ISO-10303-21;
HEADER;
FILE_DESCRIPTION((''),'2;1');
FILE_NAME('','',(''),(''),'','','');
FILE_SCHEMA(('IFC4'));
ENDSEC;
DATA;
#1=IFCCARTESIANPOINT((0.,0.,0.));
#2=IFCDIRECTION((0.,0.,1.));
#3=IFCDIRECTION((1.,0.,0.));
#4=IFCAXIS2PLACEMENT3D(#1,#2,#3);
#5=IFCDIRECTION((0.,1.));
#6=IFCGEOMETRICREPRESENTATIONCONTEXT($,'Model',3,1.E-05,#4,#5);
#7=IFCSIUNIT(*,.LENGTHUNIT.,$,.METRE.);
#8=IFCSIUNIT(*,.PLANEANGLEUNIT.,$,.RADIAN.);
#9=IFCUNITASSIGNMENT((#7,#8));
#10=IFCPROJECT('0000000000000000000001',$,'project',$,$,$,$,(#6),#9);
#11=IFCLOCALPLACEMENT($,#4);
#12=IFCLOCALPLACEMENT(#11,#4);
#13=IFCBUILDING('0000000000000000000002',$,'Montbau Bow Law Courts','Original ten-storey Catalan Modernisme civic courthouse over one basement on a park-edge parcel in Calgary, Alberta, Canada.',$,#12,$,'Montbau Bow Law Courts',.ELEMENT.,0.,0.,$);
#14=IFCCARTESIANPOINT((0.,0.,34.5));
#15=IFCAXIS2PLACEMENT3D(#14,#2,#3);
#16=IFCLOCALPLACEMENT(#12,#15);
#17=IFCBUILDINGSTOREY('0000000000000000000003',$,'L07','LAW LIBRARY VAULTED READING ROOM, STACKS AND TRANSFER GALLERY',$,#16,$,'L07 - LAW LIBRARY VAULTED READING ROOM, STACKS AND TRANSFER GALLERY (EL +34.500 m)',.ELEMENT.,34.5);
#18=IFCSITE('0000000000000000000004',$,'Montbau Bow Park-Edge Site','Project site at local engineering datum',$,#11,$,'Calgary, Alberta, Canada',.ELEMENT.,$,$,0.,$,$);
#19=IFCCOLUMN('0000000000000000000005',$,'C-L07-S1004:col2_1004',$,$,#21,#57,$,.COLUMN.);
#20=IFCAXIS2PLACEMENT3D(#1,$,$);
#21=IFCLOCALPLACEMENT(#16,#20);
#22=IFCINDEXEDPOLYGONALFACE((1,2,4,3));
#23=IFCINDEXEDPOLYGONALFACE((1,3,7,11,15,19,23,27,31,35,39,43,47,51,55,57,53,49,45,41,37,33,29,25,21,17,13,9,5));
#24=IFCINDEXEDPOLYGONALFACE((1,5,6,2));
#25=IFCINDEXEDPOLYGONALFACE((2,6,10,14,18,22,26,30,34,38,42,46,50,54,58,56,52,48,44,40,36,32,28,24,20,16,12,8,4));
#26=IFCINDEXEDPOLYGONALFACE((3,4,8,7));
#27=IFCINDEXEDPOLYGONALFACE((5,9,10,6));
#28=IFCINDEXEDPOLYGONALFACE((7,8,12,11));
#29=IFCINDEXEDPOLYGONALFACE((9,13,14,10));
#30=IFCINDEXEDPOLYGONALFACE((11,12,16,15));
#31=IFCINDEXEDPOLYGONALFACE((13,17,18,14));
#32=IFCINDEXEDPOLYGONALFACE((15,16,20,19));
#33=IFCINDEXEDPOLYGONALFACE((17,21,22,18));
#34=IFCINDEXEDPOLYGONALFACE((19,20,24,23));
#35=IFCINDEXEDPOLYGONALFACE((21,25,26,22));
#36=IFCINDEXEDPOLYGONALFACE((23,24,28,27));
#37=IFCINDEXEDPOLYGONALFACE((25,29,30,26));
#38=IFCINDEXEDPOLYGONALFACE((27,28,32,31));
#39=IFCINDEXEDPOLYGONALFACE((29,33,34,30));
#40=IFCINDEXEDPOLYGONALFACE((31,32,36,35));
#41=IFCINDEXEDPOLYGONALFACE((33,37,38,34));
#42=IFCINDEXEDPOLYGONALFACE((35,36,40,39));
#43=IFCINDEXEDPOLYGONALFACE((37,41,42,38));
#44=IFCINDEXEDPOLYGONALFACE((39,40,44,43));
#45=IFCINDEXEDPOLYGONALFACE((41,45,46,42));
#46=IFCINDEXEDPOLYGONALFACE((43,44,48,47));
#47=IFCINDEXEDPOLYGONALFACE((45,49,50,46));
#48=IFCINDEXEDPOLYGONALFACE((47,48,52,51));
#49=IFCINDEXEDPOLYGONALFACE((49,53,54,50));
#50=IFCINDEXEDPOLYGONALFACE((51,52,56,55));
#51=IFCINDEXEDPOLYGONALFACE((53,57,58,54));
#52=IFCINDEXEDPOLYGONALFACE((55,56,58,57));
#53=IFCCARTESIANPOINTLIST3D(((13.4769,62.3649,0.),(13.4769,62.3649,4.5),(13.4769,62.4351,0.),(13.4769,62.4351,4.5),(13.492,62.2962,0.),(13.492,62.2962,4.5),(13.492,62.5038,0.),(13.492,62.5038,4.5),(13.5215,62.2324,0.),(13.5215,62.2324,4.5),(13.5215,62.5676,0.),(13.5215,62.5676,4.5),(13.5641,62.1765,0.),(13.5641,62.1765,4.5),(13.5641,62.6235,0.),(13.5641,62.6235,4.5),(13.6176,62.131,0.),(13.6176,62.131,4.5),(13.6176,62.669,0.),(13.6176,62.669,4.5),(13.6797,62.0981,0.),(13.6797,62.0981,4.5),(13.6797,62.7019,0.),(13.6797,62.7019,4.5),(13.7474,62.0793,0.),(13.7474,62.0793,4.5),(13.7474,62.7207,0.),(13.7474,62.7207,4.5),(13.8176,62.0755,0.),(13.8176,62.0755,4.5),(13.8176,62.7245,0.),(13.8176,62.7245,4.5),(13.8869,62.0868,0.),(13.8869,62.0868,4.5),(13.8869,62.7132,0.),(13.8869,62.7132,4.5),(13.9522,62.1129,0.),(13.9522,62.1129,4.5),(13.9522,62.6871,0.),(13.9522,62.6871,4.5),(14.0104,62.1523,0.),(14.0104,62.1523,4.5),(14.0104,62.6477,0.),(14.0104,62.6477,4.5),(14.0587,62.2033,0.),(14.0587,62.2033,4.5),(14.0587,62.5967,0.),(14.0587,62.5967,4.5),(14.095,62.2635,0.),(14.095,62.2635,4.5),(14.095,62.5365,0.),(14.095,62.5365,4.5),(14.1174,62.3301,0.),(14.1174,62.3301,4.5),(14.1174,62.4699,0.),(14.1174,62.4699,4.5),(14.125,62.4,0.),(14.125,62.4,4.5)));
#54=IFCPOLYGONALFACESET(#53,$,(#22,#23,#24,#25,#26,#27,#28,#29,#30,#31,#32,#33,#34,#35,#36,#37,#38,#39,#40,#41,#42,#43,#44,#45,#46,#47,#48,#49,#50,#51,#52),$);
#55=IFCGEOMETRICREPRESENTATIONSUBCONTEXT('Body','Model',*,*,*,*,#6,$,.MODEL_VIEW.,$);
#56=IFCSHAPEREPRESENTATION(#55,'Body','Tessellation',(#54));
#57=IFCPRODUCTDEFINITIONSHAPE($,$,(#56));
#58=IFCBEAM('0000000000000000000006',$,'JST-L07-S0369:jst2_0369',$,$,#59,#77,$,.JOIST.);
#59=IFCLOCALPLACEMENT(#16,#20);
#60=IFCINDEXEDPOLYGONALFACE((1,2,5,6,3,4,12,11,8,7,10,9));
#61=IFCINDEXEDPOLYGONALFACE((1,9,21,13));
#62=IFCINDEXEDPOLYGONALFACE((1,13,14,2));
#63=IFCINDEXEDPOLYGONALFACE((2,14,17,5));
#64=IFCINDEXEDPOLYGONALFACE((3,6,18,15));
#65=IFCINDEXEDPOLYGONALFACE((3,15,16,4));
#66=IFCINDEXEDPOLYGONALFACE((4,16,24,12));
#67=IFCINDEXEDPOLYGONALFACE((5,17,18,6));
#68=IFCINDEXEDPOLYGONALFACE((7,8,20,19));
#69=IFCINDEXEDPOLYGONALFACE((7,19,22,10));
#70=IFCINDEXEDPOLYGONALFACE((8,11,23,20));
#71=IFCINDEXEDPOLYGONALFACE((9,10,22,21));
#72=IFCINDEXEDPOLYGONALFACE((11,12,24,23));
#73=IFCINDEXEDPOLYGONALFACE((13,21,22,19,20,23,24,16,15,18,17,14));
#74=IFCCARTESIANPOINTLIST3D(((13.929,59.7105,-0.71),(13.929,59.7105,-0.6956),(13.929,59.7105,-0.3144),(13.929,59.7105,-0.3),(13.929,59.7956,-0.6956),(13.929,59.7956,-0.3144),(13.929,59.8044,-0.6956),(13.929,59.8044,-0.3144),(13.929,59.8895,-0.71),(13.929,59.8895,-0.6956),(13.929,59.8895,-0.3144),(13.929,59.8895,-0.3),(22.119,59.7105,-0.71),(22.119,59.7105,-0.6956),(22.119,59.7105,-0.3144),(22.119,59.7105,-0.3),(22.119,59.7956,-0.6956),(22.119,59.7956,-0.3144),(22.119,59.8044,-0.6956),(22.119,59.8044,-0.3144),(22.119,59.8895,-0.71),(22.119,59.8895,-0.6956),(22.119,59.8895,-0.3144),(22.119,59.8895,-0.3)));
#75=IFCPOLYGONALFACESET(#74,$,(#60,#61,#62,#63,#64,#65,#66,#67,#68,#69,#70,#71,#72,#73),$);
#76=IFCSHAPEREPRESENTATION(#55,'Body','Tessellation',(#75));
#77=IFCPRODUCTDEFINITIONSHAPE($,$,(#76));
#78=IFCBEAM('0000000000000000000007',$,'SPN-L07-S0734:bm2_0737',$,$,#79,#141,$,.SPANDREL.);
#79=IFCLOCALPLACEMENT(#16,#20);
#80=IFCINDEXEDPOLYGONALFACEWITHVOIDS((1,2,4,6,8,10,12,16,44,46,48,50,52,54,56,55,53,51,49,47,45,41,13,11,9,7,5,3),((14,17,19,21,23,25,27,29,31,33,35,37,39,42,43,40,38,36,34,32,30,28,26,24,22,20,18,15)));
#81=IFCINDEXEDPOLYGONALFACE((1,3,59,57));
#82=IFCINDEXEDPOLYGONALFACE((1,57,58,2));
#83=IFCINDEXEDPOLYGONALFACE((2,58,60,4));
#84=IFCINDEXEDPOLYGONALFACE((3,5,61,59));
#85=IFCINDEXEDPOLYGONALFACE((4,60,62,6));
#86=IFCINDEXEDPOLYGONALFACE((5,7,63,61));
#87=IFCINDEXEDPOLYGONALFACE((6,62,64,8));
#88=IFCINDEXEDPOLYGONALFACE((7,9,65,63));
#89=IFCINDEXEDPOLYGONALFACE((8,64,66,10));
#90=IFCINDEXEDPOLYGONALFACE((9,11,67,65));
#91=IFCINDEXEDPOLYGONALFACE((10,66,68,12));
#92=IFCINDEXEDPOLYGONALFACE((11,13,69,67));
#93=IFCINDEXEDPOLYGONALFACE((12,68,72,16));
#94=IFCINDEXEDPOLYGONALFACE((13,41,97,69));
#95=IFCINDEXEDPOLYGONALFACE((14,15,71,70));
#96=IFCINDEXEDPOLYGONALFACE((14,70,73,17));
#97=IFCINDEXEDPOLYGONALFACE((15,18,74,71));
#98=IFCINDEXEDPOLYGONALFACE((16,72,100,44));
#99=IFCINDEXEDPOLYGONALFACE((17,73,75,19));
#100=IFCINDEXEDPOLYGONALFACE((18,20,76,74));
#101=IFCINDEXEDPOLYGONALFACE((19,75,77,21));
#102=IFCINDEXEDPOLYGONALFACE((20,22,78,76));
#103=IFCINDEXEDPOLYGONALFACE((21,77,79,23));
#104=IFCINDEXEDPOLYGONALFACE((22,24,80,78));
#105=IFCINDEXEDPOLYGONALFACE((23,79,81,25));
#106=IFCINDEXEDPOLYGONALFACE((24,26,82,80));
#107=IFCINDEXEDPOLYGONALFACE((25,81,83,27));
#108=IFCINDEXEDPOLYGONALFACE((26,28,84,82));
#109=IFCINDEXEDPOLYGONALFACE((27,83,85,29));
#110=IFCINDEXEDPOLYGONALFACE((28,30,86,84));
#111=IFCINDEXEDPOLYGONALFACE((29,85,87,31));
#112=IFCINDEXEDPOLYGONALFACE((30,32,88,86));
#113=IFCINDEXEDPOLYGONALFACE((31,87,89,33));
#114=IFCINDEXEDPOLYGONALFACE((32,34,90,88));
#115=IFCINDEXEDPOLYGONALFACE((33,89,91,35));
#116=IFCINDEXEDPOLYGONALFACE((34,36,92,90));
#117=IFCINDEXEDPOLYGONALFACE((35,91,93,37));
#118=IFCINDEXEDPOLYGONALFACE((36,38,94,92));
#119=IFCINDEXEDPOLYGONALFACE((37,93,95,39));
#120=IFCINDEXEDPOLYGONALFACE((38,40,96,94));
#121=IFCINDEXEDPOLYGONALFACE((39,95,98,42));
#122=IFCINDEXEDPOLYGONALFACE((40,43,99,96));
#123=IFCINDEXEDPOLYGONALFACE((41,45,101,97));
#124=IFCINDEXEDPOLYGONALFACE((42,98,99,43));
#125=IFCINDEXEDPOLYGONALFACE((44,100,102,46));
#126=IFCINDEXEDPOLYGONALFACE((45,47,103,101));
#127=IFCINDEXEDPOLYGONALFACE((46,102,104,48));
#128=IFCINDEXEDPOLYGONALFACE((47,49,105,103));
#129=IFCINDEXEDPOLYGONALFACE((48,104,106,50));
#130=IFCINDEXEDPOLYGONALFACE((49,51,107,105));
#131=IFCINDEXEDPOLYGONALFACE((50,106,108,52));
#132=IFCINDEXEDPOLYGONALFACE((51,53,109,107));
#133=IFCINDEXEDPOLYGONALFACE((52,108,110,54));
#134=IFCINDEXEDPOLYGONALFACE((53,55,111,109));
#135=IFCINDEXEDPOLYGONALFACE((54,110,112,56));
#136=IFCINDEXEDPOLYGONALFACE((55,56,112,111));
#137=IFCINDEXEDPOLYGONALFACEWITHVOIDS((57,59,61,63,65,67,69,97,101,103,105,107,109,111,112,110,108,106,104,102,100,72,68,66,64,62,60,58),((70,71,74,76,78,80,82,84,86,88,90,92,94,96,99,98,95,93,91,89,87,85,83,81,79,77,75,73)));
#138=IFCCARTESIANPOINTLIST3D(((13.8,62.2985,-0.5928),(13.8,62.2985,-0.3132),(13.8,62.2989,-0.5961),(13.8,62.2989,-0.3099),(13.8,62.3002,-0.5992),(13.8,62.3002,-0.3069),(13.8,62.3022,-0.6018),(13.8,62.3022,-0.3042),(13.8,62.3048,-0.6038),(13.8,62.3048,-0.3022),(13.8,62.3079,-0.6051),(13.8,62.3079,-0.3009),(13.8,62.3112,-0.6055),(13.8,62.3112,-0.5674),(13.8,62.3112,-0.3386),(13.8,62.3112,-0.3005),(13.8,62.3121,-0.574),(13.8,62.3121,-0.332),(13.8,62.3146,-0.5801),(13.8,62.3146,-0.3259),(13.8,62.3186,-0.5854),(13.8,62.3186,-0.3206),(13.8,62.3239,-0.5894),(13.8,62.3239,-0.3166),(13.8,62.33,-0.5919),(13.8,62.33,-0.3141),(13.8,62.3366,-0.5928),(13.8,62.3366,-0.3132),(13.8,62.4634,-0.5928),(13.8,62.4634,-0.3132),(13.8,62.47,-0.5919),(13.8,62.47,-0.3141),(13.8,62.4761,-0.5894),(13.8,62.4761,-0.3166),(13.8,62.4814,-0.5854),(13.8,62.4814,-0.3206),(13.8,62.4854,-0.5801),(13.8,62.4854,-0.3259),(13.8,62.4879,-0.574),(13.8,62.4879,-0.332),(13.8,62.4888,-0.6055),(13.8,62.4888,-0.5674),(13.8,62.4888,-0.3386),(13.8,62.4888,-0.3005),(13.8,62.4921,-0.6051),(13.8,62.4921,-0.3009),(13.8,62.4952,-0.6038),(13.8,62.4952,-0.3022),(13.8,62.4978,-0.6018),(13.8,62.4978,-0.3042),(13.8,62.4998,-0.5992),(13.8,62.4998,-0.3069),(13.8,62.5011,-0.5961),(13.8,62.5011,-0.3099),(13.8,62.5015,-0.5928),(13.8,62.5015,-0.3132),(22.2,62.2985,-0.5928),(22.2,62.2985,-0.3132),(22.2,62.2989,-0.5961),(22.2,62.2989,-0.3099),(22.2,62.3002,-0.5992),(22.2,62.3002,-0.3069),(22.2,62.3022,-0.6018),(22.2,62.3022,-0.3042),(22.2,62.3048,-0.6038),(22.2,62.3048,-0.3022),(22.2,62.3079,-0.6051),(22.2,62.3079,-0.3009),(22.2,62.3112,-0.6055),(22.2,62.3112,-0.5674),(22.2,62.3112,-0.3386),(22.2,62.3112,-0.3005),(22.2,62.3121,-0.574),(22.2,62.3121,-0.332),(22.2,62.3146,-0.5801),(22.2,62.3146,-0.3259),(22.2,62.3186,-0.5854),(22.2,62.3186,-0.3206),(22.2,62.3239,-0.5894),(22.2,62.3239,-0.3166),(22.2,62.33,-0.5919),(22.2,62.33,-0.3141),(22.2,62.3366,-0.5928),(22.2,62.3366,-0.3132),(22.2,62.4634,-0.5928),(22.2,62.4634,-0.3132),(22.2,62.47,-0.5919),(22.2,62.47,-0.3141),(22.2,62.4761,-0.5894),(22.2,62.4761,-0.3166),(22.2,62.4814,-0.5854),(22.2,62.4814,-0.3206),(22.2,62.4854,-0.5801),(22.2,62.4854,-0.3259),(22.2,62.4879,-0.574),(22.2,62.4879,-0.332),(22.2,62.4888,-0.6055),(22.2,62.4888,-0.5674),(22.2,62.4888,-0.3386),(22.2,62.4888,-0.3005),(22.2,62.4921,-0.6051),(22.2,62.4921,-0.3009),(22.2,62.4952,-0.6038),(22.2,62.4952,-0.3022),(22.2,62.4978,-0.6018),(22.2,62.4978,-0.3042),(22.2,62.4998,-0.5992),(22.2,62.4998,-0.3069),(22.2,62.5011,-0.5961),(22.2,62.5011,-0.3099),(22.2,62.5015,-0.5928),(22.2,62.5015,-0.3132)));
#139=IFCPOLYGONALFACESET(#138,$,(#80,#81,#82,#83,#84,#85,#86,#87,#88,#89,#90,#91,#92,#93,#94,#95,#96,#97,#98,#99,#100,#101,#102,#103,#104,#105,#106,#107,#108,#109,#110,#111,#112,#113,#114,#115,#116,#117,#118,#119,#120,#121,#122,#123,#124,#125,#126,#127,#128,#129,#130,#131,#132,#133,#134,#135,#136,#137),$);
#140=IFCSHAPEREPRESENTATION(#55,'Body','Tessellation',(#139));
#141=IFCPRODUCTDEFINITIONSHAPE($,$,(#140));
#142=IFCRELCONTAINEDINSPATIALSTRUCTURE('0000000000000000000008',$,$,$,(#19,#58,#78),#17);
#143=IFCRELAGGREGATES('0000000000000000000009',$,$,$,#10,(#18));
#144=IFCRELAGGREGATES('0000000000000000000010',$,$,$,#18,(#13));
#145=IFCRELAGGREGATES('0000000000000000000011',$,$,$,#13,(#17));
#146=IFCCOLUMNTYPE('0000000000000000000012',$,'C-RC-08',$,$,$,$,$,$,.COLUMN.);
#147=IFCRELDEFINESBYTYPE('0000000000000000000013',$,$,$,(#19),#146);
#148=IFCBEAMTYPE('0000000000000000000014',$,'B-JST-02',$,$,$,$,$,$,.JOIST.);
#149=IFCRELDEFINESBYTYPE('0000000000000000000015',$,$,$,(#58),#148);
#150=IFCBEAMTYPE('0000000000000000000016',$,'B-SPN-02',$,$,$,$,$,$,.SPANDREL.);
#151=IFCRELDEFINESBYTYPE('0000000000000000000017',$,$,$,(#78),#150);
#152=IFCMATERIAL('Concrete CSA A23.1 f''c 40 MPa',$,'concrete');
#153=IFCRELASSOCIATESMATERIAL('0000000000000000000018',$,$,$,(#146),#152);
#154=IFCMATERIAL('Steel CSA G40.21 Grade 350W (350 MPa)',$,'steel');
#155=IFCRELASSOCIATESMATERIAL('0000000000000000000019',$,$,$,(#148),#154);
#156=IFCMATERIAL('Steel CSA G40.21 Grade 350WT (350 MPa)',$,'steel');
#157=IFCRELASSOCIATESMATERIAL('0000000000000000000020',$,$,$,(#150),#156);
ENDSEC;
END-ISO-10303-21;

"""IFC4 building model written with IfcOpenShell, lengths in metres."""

from ifc_helpers import new_model, si_unit, direction, frame, origin_with_axes, origin_2d_with_axis, place, context, subcontext, project, spatial, hollow_rectangle, circle, i_section, extrude, material, material_profile, profile_set, type_object, element, save


model = new_model("IFC4")

# Units and contexts
model_context = context("Model", 3, precision=1e-05, world=origin_with_axes(), true_north=direction((0.0, 1.0)))
body_context = subcontext(model_context, "Body", "Model", "MODEL_VIEW")
ifc_project = project(units=[si_unit("LENGTHUNIT", "METRE"), si_unit("PLANEANGLEUNIT", "RADIAN")], contexts=[model_context])

# Site, building, storey
site_placement = place(None, origin_with_axes())
site = spatial("IfcSite", under=ifc_project, at=site_placement, Name="Montbau Bow Park-Edge Site", Description="Project site at local engineering datum", LongName="Calgary, Alberta, Canada", CompositionType="ELEMENT", RefElevation=0.0)
building_placement = place(site_placement, origin_with_axes())
building = spatial("IfcBuilding", under=site, at=building_placement, Name="Montbau Bow Law Courts", Description="Original ten-storey Catalan Modernisme civic courthouse over one basement on a park-edge parcel in Calgary, Alberta, Canada.", LongName="Montbau Bow Law Courts", CompositionType="ELEMENT", ElevationOfRefHeight=0.0, ElevationOfTerrain=0.0)
storey_placement = place(building_placement, frame((0.0, 0.0, 34.5), z_axis=(0.0, 0.0, 1.0), x_axis=(1.0, 0.0, 0.0)))
storey = spatial("IfcBuildingStorey", under=building, at=storey_placement, Name="L07", Description="LAW LIBRARY VAULTED READING ROOM, STACKS AND TRANSFER GALLERY", LongName="L07 - LAW LIBRARY VAULTED READING ROOM, STACKS AND TRANSFER GALLERY (EL +34.500 m)", CompositionType="ELEMENT", Elevation=34.5)

# Column
ifc_material_1 = material(Name="Concrete CSA A23.1 f'c 40 MPa", Category="concrete")
ifc_material_profile_1 = material_profile(ifc_material_1, circle(Radius=0.325, at=origin_2d_with_axis()), Name="RC650D", Category="Main", Priority=0)
ifc_profile_set_1 = profile_set([ifc_material_profile_1], Name="Concrete CSA A23.1 f'c 40 MPa")
column_type = type_object("IfcColumnType", Name="C-RC-08", PredefinedType="COLUMN", material=ifc_profile_set_1)
column_placement = place(None, frame((13.8, 62.4, 34.5), z_axis=(0.0, 0.0, 1.0), x_axis=(1.0, 0.0, 0.0)))
element("IfcColumn", 1, at=column_placement, inside=storey, type_object=column_type, Name="C-L07-S1004:col2_1004", PredefinedType="COLUMN", context=body_context, shape_type="SweptSolid", body=[
    extrude(circle(Radius=0.325, at=origin_2d_with_axis()), origin_with_axes(), (0.0, 0.0, 1.0), 4.5),
])

# Beams
ifc_material_2 = material(Name="Steel CSA G40.21 Grade 350W (350 MPa)", Category="steel")
ifc_material_profile_2 = material_profile(ifc_material_2, i_section(OverallWidth=0.179, OverallDepth=0.41, WebThickness=0.0088, FlangeThickness=0.0144, at=origin_2d_with_axis()), Name="W410X67", Category="Main", Priority=0)
ifc_profile_set_2 = profile_set([ifc_material_profile_2], Name="Steel CSA G40.21 Grade 350W (350 MPa)")
beam_type_1 = type_object("IfcBeamType", Name="B-JST-02", PredefinedType="JOIST", material=ifc_profile_set_2)
beam_1_placement = place(None, frame((13.929, 59.8, 33.995), z_axis=(1.0, 0.0, 0.0), x_axis=(0.0, 1.0, 0.0)))
element("IfcBeam", 2, at=beam_1_placement, inside=storey, type_object=beam_type_1, Name="JST-L07-S0369:jst2_0369", PredefinedType="JOIST", context=body_context, shape_type="SweptSolid", body=[
    extrude(i_section(OverallWidth=0.179, OverallDepth=0.41, WebThickness=0.0088, FlangeThickness=0.0144, at=origin_2d_with_axis()), origin_with_axes(), (0.0, 0.0, 1.0), 8.19),
])
ifc_material_3 = material(Name="Steel CSA G40.21 Grade 350WT (350 MPa)", Category="steel")
ifc_material_profile_3 = material_profile(ifc_material_3, hollow_rectangle(XDim=0.203, YDim=0.305, WallThickness=0.0127, InnerFilletRadius=0.0254, OuterFilletRadius=0.0127, at=origin_2d_with_axis()), Name="HSS305X203X13", Category="Main", Priority=0)
ifc_profile_set_3 = profile_set([ifc_material_profile_3], Name="Steel CSA G40.21 Grade 350WT (350 MPa)")
beam_type_2 = type_object("IfcBeamType", Name="B-SPN-02", PredefinedType="SPANDREL", material=ifc_profile_set_3)
beam_2_placement = place(None, frame((13.8, 62.4, 34.047), z_axis=(1.0, 0.0, 0.0), x_axis=(0.0, 1.0, 0.0)))
element("IfcBeam", 3, at=beam_2_placement, inside=storey, type_object=beam_type_2, Name="SPN-L07-S0734:bm2_0737", PredefinedType="SPANDREL", context=body_context, shape_type="SweptSolid", body=[
    extrude(hollow_rectangle(XDim=0.203, YDim=0.305, WallThickness=0.0127, InnerFilletRadius=0.0254, OuterFilletRadius=0.0127, at=origin_2d_with_axis()), origin_with_axes(), (0.0, 0.0, 1.0), 8.4),
])

save(model, "model.ifc")
